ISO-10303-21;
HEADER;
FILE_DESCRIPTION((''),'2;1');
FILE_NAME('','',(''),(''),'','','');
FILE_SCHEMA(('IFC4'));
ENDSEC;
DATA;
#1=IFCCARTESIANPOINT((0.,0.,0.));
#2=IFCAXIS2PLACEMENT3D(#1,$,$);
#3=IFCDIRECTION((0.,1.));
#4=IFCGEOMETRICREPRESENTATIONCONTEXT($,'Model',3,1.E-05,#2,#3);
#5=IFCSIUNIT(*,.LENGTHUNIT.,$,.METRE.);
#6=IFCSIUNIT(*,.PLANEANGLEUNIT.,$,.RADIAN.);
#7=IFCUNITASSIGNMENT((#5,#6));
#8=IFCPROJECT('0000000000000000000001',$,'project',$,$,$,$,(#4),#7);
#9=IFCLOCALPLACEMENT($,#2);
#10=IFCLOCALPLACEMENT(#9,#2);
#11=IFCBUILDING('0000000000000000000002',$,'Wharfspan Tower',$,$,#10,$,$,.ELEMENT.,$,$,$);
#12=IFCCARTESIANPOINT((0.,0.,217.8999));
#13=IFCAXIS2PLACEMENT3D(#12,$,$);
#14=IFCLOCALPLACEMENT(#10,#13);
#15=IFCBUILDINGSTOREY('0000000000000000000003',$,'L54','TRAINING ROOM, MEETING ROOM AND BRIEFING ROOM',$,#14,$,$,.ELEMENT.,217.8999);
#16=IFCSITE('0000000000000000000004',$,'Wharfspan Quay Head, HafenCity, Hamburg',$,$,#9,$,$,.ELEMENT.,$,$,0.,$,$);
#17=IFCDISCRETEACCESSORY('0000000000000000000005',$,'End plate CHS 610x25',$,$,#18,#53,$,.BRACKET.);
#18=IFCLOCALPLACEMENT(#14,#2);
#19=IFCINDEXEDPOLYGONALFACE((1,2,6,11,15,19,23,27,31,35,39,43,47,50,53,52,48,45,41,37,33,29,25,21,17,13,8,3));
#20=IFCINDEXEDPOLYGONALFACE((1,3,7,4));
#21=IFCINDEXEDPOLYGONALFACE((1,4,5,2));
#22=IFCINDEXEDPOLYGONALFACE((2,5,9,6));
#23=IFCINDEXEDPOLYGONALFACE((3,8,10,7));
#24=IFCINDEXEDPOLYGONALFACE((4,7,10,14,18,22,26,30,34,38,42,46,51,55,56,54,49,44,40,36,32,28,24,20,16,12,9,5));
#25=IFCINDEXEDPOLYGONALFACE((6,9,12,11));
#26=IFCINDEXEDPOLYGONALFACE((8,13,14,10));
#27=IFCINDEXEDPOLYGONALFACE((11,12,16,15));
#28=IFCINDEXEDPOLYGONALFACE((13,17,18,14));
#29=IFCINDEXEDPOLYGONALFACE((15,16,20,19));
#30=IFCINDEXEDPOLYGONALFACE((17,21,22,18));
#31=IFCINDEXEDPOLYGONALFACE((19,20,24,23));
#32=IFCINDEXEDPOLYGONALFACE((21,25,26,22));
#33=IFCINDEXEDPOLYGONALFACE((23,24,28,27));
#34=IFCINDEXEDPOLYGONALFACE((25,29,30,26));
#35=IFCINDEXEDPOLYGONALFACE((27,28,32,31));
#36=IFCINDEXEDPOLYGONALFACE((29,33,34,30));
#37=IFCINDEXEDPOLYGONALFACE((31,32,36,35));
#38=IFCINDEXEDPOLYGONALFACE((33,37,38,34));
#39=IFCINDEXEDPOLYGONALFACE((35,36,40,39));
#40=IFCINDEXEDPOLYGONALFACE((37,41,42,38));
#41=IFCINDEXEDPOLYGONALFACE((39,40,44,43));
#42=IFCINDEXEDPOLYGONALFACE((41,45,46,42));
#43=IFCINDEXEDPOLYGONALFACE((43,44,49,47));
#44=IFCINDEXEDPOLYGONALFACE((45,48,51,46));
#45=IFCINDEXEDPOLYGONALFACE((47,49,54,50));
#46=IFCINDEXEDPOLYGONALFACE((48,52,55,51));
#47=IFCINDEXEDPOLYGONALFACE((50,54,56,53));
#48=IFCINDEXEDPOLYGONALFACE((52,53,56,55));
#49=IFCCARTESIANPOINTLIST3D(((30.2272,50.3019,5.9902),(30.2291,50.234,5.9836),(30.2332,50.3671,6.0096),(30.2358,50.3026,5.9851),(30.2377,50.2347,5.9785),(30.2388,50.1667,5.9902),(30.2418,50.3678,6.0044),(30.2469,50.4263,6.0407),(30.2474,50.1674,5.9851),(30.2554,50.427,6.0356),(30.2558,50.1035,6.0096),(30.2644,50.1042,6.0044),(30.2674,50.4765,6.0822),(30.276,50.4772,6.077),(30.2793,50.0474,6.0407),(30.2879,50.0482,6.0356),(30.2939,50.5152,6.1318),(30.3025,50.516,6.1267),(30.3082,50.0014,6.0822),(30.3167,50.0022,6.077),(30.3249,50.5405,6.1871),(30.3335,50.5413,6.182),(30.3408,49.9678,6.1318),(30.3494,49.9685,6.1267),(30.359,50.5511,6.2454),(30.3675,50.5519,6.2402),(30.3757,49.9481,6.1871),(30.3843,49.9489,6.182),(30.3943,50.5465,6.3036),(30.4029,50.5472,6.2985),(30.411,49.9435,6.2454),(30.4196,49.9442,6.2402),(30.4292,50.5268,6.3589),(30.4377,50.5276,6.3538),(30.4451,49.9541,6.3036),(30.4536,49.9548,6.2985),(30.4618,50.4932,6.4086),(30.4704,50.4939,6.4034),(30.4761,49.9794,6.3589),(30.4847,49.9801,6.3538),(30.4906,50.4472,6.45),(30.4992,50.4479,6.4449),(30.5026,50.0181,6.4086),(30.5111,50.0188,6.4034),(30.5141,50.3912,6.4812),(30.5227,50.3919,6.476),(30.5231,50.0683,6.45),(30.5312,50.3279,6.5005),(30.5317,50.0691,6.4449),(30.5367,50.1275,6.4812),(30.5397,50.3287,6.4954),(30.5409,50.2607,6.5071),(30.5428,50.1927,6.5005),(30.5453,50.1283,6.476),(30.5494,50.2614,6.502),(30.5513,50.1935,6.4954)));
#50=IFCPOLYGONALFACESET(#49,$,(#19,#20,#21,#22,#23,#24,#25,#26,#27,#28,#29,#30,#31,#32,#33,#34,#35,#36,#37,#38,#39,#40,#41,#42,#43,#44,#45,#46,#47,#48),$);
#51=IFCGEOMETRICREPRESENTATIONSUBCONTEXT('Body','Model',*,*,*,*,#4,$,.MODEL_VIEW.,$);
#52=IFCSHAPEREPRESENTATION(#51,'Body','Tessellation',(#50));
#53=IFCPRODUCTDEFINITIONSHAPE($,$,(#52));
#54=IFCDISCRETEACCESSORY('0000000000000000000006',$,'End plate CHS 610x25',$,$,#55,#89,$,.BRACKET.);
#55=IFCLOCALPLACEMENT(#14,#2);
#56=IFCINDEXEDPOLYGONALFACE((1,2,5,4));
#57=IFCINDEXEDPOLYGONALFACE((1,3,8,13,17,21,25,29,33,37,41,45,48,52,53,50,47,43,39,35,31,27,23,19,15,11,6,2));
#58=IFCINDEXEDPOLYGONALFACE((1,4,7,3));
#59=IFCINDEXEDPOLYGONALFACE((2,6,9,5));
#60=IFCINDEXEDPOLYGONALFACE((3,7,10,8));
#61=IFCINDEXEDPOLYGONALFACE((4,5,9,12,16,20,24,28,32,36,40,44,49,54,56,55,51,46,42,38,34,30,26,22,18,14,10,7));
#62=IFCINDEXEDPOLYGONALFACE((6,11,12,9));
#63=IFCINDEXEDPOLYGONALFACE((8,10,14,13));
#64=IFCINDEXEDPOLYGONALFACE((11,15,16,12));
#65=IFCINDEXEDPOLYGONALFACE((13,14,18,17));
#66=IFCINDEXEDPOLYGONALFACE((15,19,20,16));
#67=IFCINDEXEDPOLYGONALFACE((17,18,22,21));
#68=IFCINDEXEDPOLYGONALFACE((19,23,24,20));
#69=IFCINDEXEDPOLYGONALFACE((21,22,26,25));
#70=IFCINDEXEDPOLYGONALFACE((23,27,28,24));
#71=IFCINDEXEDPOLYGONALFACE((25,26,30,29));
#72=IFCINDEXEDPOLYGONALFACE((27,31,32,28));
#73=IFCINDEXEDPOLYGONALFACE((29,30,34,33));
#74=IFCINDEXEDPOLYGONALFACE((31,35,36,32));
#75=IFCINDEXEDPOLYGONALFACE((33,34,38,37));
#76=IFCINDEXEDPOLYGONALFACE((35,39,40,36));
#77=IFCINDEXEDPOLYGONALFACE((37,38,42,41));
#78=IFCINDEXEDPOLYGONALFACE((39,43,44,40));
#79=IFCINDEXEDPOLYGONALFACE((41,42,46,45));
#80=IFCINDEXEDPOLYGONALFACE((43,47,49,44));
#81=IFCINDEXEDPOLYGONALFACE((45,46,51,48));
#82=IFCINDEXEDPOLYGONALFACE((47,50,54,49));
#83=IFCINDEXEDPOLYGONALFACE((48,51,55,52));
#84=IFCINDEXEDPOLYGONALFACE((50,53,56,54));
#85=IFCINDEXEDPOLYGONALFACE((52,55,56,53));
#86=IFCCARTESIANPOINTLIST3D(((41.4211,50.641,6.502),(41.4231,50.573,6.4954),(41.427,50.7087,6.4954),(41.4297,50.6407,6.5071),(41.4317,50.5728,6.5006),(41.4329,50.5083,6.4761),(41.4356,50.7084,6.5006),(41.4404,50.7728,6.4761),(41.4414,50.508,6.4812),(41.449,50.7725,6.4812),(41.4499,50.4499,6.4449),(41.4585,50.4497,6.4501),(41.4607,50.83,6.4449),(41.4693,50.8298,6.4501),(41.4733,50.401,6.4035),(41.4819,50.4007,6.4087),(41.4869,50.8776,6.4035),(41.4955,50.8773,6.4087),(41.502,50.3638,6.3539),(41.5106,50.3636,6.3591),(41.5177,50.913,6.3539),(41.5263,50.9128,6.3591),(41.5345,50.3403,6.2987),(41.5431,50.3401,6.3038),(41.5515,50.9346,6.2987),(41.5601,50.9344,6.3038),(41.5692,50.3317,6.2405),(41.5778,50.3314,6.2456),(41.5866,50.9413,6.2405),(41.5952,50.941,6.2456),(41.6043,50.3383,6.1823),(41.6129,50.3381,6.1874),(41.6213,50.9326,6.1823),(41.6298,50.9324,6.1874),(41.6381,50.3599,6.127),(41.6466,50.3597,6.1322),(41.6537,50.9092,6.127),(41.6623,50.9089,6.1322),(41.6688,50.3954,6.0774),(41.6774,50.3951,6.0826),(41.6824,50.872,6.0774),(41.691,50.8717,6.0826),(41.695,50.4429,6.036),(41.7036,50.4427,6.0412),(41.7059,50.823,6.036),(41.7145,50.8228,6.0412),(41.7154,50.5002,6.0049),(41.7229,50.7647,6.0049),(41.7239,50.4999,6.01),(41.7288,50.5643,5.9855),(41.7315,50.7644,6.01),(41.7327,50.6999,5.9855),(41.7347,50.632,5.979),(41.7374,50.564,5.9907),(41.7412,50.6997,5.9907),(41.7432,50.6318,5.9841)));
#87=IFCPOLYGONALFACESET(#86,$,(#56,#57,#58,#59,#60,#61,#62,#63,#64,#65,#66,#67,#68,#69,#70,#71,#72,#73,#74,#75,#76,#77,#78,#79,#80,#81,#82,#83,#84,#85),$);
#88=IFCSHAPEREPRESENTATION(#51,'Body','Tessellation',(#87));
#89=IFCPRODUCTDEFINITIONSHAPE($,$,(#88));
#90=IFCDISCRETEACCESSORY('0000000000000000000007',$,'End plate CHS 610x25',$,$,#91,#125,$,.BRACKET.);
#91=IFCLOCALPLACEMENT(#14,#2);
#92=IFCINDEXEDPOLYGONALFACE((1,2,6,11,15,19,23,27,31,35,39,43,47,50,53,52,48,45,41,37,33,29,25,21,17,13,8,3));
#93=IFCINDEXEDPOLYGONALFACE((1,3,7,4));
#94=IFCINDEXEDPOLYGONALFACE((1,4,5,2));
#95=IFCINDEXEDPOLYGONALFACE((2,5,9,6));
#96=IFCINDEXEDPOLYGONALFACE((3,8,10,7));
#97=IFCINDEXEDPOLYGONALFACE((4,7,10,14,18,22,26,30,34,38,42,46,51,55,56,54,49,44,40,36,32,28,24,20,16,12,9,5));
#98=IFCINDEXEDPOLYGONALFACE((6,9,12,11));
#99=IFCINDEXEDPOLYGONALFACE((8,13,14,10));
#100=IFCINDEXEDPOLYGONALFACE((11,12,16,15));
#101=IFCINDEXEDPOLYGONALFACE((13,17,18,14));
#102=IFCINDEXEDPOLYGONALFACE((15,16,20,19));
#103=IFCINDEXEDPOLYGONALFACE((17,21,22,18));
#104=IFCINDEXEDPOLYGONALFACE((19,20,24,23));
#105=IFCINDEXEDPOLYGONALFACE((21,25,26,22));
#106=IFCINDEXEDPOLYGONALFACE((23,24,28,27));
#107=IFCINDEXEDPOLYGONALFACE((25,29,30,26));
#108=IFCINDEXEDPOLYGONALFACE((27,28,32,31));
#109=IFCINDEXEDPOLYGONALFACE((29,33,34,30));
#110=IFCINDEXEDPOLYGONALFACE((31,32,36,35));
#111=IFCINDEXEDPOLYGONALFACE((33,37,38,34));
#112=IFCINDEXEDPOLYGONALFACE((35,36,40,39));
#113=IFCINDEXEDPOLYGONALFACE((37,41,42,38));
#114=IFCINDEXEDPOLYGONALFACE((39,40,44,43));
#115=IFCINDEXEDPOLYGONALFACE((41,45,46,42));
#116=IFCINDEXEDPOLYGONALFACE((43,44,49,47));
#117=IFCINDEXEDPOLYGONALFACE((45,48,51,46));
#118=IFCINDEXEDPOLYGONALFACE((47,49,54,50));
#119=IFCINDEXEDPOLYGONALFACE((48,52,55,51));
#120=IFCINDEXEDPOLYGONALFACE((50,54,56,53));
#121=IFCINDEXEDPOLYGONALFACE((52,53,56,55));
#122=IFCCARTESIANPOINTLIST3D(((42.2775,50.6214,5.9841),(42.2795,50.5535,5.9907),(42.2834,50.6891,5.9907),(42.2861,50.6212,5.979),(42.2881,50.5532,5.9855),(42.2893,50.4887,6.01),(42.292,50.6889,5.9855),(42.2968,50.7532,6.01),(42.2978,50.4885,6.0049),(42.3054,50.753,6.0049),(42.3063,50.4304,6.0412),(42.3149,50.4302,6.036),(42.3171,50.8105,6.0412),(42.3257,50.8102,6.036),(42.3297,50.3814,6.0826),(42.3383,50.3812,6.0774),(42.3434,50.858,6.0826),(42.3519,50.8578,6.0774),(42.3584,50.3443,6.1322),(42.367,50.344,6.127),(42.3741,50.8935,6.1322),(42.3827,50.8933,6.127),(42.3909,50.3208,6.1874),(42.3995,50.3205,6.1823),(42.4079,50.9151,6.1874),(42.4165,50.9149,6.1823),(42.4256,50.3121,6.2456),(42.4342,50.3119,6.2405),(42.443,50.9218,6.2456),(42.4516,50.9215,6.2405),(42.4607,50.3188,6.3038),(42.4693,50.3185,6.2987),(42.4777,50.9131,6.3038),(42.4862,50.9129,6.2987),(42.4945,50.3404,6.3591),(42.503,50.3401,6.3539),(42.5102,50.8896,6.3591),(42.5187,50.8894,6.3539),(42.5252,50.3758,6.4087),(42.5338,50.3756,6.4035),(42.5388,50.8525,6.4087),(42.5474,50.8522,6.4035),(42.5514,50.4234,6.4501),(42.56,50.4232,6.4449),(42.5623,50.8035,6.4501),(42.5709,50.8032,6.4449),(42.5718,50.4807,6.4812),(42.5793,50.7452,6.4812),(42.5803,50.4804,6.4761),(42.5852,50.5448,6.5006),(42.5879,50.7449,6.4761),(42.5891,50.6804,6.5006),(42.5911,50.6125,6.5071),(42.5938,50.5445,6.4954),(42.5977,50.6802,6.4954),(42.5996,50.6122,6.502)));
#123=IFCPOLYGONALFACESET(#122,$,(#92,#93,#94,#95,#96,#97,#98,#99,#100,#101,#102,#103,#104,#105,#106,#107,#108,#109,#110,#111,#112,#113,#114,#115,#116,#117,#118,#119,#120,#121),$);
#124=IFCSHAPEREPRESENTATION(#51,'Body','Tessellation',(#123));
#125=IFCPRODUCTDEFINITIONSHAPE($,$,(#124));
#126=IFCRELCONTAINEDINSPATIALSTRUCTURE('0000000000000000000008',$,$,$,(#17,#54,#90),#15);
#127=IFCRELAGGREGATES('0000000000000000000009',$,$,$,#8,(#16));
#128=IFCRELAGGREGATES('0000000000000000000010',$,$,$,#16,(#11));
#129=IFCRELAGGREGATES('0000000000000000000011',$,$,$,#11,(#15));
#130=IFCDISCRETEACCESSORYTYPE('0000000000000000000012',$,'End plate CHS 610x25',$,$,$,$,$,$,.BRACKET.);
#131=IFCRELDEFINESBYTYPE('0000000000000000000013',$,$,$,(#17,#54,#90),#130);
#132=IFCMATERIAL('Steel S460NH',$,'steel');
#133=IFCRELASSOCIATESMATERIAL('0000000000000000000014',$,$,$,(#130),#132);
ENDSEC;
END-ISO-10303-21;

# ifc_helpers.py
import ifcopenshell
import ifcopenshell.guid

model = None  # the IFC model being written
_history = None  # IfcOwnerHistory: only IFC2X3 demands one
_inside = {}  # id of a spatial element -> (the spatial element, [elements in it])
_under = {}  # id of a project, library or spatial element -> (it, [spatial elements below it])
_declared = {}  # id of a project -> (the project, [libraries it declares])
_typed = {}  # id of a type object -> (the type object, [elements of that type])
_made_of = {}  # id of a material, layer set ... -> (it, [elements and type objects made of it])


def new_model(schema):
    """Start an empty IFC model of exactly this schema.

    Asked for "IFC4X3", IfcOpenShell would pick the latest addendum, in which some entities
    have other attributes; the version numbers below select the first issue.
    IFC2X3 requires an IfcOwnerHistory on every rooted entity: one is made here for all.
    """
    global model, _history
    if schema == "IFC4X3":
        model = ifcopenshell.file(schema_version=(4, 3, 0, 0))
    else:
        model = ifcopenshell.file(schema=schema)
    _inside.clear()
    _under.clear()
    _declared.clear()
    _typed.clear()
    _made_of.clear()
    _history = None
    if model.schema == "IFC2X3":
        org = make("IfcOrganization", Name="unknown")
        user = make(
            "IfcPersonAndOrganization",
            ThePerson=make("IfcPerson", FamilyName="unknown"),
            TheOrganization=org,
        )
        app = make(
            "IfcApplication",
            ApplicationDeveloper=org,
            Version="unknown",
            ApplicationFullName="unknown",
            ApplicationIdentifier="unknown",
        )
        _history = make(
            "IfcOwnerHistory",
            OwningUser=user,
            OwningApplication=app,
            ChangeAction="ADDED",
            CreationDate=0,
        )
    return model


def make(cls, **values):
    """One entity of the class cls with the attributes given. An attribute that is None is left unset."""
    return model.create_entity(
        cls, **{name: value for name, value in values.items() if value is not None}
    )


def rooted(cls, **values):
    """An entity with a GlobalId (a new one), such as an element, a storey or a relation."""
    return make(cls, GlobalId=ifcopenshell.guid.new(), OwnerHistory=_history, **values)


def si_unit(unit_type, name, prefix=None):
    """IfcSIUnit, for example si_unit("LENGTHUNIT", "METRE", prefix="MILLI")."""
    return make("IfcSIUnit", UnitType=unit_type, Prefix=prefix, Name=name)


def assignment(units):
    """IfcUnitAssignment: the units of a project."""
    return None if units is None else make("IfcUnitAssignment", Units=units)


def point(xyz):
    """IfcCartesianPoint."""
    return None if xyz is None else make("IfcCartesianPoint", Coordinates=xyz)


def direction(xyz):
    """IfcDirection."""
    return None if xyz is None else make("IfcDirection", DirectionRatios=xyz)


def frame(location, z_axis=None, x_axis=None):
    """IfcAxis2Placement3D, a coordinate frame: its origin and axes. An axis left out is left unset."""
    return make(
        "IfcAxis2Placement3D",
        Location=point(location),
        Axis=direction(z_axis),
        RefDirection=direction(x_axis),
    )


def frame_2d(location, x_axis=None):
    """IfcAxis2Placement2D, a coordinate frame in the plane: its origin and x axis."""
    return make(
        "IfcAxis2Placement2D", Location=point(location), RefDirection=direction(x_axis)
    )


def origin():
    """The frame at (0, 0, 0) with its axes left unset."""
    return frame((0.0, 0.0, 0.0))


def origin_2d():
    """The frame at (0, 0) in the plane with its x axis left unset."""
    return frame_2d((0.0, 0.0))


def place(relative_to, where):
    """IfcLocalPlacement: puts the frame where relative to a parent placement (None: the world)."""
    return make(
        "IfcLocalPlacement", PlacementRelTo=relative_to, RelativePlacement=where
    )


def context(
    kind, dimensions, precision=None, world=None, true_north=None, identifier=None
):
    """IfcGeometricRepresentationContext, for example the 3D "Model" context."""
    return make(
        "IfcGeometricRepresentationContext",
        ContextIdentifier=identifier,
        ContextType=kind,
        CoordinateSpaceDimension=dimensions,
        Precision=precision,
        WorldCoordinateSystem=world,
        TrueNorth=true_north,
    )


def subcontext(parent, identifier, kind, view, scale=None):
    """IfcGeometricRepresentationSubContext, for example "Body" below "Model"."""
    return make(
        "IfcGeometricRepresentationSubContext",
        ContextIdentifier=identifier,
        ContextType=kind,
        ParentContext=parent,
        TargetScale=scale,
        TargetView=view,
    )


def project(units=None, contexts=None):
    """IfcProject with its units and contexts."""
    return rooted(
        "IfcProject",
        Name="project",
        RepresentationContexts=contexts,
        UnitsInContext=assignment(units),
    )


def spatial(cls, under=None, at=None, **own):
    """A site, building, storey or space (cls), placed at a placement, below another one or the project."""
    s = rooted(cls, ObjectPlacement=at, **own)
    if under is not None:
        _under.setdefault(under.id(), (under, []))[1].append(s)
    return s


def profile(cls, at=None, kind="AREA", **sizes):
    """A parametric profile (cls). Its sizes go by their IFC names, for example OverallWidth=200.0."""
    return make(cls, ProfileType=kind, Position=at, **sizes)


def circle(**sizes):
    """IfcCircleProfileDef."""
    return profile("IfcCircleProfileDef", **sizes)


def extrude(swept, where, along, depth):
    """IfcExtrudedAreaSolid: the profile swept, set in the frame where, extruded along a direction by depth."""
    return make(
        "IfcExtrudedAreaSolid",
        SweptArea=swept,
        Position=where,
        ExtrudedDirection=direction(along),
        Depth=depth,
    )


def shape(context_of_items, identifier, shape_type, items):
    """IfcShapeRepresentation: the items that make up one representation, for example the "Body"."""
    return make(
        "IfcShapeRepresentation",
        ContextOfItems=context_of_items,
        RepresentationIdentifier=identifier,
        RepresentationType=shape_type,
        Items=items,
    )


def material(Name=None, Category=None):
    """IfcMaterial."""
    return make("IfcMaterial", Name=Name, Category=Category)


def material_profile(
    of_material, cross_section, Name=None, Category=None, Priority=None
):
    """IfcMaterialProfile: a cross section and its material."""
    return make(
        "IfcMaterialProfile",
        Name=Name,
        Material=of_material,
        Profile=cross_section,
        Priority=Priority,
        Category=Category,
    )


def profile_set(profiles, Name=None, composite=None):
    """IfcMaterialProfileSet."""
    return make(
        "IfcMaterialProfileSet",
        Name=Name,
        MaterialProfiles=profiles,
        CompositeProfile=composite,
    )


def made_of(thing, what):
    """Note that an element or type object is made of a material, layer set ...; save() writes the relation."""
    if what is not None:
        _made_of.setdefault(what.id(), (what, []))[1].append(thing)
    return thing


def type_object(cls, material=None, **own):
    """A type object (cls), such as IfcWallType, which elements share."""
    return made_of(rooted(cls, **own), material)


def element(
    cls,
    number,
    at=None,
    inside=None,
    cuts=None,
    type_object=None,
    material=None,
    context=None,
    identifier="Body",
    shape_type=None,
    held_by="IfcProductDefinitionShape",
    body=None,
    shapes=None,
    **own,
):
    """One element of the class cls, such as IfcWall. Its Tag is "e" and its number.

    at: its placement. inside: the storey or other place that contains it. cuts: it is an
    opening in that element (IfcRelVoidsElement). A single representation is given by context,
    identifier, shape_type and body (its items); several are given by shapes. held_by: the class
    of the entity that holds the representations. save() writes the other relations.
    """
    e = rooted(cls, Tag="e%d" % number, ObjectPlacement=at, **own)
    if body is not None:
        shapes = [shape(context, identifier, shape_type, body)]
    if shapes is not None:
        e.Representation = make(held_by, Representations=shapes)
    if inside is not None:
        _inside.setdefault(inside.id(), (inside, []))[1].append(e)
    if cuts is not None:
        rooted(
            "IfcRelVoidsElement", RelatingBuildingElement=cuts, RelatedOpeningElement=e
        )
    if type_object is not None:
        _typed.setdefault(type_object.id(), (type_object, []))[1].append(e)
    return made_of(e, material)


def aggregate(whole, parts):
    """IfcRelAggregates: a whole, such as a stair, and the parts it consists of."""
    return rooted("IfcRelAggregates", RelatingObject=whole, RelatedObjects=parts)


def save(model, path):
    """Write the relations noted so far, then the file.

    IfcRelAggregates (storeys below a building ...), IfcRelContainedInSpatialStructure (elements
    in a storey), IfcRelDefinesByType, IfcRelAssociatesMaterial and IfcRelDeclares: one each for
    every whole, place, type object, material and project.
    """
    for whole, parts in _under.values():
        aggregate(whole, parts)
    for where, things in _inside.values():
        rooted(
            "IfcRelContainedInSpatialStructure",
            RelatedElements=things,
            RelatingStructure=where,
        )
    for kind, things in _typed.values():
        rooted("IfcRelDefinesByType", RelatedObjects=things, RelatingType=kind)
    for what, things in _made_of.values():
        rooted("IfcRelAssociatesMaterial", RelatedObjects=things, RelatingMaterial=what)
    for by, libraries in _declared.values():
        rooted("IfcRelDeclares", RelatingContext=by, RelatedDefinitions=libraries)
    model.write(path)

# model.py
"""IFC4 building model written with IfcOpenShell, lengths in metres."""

from ifc_helpers import new_model, si_unit, direction, frame, origin, origin_2d, place, context, subcontext, project, spatial, circle, extrude, material, material_profile, profile_set, type_object, element, save


model = new_model("IFC4")

# Units and contexts
model_context = context("Model", 3, precision=1e-05, world=origin(), true_north=direction((0.0, 1.0)))
body_context = subcontext(model_context, "Body", "Model", "MODEL_VIEW")
ifc_project = project(units=[si_unit("LENGTHUNIT", "METRE"), si_unit("PLANEANGLEUNIT", "RADIAN")], contexts=[model_context])

# Site, building, storey
site_placement = place(None, origin())
site = spatial("IfcSite", under=ifc_project, at=site_placement, Name="Wharfspan Quay Head, HafenCity, Hamburg", CompositionType="ELEMENT", RefElevation=0.0)
building_placement = place(site_placement, origin())
building = spatial("IfcBuilding", under=site, at=building_placement, Name="Wharfspan Tower", CompositionType="ELEMENT")
storey_placement = place(building_placement, frame((0.0, 0.0, 217.8999)))
storey = spatial("IfcBuildingStorey", under=building, at=storey_placement, Name="L54", Description="TRAINING ROOM, MEETING ROOM AND BRIEFING ROOM", CompositionType="ELEMENT", Elevation=217.8999)

# Shared definitions
ifc_material_1 = material(Name="Steel S460NH", Category="steel")

# Discrete accessories
ifc_material_profile_1 = material_profile(ifc_material_1, circle(Radius=0.3049, at=origin_2d()))
ifc_profile_set_1 = profile_set([ifc_material_profile_1], Name="Steel S460NH")
discrete_accessory_type = type_object("IfcDiscreteAccessoryType", Name="End plate CHS 610x25", PredefinedType="BRACKET", material=ifc_profile_set_1)
for number, where, z_axis, x_axis, name in (
    (1, (30.3936, 50.248, 6.2402), (-0.855186, -0.073302, 0.513112), (0.085402, -0.996345, 0.000001), "End plate CHS 610x25"),
    (2, (41.5779, 50.6365, 6.2405), (0.857236, -0.024492, 0.514341), (0.028558, 0.999591, 0.000002), "End plate CHS 610x25"),
    (3, (42.4429, 50.6167, 6.2405), (-0.857236, 0.024492, 0.514341), (-0.028558, -0.999591, 0.000002), "End plate CHS 610x25"),
):
    element("IfcDiscreteAccessory", number, at=place(storey_placement, frame(where, z_axis=z_axis, x_axis=x_axis)), inside=storey, type_object=discrete_accessory_type, Name=name, PredefinedType="BRACKET", context=body_context, shape_type="SweptSolid", body=[
        extrude(circle(Radius=0.3049, at=origin_2d()), origin(), (0.0, 0.0, 1.0), 0.01),
    ])

save(model, "model.ifc")
